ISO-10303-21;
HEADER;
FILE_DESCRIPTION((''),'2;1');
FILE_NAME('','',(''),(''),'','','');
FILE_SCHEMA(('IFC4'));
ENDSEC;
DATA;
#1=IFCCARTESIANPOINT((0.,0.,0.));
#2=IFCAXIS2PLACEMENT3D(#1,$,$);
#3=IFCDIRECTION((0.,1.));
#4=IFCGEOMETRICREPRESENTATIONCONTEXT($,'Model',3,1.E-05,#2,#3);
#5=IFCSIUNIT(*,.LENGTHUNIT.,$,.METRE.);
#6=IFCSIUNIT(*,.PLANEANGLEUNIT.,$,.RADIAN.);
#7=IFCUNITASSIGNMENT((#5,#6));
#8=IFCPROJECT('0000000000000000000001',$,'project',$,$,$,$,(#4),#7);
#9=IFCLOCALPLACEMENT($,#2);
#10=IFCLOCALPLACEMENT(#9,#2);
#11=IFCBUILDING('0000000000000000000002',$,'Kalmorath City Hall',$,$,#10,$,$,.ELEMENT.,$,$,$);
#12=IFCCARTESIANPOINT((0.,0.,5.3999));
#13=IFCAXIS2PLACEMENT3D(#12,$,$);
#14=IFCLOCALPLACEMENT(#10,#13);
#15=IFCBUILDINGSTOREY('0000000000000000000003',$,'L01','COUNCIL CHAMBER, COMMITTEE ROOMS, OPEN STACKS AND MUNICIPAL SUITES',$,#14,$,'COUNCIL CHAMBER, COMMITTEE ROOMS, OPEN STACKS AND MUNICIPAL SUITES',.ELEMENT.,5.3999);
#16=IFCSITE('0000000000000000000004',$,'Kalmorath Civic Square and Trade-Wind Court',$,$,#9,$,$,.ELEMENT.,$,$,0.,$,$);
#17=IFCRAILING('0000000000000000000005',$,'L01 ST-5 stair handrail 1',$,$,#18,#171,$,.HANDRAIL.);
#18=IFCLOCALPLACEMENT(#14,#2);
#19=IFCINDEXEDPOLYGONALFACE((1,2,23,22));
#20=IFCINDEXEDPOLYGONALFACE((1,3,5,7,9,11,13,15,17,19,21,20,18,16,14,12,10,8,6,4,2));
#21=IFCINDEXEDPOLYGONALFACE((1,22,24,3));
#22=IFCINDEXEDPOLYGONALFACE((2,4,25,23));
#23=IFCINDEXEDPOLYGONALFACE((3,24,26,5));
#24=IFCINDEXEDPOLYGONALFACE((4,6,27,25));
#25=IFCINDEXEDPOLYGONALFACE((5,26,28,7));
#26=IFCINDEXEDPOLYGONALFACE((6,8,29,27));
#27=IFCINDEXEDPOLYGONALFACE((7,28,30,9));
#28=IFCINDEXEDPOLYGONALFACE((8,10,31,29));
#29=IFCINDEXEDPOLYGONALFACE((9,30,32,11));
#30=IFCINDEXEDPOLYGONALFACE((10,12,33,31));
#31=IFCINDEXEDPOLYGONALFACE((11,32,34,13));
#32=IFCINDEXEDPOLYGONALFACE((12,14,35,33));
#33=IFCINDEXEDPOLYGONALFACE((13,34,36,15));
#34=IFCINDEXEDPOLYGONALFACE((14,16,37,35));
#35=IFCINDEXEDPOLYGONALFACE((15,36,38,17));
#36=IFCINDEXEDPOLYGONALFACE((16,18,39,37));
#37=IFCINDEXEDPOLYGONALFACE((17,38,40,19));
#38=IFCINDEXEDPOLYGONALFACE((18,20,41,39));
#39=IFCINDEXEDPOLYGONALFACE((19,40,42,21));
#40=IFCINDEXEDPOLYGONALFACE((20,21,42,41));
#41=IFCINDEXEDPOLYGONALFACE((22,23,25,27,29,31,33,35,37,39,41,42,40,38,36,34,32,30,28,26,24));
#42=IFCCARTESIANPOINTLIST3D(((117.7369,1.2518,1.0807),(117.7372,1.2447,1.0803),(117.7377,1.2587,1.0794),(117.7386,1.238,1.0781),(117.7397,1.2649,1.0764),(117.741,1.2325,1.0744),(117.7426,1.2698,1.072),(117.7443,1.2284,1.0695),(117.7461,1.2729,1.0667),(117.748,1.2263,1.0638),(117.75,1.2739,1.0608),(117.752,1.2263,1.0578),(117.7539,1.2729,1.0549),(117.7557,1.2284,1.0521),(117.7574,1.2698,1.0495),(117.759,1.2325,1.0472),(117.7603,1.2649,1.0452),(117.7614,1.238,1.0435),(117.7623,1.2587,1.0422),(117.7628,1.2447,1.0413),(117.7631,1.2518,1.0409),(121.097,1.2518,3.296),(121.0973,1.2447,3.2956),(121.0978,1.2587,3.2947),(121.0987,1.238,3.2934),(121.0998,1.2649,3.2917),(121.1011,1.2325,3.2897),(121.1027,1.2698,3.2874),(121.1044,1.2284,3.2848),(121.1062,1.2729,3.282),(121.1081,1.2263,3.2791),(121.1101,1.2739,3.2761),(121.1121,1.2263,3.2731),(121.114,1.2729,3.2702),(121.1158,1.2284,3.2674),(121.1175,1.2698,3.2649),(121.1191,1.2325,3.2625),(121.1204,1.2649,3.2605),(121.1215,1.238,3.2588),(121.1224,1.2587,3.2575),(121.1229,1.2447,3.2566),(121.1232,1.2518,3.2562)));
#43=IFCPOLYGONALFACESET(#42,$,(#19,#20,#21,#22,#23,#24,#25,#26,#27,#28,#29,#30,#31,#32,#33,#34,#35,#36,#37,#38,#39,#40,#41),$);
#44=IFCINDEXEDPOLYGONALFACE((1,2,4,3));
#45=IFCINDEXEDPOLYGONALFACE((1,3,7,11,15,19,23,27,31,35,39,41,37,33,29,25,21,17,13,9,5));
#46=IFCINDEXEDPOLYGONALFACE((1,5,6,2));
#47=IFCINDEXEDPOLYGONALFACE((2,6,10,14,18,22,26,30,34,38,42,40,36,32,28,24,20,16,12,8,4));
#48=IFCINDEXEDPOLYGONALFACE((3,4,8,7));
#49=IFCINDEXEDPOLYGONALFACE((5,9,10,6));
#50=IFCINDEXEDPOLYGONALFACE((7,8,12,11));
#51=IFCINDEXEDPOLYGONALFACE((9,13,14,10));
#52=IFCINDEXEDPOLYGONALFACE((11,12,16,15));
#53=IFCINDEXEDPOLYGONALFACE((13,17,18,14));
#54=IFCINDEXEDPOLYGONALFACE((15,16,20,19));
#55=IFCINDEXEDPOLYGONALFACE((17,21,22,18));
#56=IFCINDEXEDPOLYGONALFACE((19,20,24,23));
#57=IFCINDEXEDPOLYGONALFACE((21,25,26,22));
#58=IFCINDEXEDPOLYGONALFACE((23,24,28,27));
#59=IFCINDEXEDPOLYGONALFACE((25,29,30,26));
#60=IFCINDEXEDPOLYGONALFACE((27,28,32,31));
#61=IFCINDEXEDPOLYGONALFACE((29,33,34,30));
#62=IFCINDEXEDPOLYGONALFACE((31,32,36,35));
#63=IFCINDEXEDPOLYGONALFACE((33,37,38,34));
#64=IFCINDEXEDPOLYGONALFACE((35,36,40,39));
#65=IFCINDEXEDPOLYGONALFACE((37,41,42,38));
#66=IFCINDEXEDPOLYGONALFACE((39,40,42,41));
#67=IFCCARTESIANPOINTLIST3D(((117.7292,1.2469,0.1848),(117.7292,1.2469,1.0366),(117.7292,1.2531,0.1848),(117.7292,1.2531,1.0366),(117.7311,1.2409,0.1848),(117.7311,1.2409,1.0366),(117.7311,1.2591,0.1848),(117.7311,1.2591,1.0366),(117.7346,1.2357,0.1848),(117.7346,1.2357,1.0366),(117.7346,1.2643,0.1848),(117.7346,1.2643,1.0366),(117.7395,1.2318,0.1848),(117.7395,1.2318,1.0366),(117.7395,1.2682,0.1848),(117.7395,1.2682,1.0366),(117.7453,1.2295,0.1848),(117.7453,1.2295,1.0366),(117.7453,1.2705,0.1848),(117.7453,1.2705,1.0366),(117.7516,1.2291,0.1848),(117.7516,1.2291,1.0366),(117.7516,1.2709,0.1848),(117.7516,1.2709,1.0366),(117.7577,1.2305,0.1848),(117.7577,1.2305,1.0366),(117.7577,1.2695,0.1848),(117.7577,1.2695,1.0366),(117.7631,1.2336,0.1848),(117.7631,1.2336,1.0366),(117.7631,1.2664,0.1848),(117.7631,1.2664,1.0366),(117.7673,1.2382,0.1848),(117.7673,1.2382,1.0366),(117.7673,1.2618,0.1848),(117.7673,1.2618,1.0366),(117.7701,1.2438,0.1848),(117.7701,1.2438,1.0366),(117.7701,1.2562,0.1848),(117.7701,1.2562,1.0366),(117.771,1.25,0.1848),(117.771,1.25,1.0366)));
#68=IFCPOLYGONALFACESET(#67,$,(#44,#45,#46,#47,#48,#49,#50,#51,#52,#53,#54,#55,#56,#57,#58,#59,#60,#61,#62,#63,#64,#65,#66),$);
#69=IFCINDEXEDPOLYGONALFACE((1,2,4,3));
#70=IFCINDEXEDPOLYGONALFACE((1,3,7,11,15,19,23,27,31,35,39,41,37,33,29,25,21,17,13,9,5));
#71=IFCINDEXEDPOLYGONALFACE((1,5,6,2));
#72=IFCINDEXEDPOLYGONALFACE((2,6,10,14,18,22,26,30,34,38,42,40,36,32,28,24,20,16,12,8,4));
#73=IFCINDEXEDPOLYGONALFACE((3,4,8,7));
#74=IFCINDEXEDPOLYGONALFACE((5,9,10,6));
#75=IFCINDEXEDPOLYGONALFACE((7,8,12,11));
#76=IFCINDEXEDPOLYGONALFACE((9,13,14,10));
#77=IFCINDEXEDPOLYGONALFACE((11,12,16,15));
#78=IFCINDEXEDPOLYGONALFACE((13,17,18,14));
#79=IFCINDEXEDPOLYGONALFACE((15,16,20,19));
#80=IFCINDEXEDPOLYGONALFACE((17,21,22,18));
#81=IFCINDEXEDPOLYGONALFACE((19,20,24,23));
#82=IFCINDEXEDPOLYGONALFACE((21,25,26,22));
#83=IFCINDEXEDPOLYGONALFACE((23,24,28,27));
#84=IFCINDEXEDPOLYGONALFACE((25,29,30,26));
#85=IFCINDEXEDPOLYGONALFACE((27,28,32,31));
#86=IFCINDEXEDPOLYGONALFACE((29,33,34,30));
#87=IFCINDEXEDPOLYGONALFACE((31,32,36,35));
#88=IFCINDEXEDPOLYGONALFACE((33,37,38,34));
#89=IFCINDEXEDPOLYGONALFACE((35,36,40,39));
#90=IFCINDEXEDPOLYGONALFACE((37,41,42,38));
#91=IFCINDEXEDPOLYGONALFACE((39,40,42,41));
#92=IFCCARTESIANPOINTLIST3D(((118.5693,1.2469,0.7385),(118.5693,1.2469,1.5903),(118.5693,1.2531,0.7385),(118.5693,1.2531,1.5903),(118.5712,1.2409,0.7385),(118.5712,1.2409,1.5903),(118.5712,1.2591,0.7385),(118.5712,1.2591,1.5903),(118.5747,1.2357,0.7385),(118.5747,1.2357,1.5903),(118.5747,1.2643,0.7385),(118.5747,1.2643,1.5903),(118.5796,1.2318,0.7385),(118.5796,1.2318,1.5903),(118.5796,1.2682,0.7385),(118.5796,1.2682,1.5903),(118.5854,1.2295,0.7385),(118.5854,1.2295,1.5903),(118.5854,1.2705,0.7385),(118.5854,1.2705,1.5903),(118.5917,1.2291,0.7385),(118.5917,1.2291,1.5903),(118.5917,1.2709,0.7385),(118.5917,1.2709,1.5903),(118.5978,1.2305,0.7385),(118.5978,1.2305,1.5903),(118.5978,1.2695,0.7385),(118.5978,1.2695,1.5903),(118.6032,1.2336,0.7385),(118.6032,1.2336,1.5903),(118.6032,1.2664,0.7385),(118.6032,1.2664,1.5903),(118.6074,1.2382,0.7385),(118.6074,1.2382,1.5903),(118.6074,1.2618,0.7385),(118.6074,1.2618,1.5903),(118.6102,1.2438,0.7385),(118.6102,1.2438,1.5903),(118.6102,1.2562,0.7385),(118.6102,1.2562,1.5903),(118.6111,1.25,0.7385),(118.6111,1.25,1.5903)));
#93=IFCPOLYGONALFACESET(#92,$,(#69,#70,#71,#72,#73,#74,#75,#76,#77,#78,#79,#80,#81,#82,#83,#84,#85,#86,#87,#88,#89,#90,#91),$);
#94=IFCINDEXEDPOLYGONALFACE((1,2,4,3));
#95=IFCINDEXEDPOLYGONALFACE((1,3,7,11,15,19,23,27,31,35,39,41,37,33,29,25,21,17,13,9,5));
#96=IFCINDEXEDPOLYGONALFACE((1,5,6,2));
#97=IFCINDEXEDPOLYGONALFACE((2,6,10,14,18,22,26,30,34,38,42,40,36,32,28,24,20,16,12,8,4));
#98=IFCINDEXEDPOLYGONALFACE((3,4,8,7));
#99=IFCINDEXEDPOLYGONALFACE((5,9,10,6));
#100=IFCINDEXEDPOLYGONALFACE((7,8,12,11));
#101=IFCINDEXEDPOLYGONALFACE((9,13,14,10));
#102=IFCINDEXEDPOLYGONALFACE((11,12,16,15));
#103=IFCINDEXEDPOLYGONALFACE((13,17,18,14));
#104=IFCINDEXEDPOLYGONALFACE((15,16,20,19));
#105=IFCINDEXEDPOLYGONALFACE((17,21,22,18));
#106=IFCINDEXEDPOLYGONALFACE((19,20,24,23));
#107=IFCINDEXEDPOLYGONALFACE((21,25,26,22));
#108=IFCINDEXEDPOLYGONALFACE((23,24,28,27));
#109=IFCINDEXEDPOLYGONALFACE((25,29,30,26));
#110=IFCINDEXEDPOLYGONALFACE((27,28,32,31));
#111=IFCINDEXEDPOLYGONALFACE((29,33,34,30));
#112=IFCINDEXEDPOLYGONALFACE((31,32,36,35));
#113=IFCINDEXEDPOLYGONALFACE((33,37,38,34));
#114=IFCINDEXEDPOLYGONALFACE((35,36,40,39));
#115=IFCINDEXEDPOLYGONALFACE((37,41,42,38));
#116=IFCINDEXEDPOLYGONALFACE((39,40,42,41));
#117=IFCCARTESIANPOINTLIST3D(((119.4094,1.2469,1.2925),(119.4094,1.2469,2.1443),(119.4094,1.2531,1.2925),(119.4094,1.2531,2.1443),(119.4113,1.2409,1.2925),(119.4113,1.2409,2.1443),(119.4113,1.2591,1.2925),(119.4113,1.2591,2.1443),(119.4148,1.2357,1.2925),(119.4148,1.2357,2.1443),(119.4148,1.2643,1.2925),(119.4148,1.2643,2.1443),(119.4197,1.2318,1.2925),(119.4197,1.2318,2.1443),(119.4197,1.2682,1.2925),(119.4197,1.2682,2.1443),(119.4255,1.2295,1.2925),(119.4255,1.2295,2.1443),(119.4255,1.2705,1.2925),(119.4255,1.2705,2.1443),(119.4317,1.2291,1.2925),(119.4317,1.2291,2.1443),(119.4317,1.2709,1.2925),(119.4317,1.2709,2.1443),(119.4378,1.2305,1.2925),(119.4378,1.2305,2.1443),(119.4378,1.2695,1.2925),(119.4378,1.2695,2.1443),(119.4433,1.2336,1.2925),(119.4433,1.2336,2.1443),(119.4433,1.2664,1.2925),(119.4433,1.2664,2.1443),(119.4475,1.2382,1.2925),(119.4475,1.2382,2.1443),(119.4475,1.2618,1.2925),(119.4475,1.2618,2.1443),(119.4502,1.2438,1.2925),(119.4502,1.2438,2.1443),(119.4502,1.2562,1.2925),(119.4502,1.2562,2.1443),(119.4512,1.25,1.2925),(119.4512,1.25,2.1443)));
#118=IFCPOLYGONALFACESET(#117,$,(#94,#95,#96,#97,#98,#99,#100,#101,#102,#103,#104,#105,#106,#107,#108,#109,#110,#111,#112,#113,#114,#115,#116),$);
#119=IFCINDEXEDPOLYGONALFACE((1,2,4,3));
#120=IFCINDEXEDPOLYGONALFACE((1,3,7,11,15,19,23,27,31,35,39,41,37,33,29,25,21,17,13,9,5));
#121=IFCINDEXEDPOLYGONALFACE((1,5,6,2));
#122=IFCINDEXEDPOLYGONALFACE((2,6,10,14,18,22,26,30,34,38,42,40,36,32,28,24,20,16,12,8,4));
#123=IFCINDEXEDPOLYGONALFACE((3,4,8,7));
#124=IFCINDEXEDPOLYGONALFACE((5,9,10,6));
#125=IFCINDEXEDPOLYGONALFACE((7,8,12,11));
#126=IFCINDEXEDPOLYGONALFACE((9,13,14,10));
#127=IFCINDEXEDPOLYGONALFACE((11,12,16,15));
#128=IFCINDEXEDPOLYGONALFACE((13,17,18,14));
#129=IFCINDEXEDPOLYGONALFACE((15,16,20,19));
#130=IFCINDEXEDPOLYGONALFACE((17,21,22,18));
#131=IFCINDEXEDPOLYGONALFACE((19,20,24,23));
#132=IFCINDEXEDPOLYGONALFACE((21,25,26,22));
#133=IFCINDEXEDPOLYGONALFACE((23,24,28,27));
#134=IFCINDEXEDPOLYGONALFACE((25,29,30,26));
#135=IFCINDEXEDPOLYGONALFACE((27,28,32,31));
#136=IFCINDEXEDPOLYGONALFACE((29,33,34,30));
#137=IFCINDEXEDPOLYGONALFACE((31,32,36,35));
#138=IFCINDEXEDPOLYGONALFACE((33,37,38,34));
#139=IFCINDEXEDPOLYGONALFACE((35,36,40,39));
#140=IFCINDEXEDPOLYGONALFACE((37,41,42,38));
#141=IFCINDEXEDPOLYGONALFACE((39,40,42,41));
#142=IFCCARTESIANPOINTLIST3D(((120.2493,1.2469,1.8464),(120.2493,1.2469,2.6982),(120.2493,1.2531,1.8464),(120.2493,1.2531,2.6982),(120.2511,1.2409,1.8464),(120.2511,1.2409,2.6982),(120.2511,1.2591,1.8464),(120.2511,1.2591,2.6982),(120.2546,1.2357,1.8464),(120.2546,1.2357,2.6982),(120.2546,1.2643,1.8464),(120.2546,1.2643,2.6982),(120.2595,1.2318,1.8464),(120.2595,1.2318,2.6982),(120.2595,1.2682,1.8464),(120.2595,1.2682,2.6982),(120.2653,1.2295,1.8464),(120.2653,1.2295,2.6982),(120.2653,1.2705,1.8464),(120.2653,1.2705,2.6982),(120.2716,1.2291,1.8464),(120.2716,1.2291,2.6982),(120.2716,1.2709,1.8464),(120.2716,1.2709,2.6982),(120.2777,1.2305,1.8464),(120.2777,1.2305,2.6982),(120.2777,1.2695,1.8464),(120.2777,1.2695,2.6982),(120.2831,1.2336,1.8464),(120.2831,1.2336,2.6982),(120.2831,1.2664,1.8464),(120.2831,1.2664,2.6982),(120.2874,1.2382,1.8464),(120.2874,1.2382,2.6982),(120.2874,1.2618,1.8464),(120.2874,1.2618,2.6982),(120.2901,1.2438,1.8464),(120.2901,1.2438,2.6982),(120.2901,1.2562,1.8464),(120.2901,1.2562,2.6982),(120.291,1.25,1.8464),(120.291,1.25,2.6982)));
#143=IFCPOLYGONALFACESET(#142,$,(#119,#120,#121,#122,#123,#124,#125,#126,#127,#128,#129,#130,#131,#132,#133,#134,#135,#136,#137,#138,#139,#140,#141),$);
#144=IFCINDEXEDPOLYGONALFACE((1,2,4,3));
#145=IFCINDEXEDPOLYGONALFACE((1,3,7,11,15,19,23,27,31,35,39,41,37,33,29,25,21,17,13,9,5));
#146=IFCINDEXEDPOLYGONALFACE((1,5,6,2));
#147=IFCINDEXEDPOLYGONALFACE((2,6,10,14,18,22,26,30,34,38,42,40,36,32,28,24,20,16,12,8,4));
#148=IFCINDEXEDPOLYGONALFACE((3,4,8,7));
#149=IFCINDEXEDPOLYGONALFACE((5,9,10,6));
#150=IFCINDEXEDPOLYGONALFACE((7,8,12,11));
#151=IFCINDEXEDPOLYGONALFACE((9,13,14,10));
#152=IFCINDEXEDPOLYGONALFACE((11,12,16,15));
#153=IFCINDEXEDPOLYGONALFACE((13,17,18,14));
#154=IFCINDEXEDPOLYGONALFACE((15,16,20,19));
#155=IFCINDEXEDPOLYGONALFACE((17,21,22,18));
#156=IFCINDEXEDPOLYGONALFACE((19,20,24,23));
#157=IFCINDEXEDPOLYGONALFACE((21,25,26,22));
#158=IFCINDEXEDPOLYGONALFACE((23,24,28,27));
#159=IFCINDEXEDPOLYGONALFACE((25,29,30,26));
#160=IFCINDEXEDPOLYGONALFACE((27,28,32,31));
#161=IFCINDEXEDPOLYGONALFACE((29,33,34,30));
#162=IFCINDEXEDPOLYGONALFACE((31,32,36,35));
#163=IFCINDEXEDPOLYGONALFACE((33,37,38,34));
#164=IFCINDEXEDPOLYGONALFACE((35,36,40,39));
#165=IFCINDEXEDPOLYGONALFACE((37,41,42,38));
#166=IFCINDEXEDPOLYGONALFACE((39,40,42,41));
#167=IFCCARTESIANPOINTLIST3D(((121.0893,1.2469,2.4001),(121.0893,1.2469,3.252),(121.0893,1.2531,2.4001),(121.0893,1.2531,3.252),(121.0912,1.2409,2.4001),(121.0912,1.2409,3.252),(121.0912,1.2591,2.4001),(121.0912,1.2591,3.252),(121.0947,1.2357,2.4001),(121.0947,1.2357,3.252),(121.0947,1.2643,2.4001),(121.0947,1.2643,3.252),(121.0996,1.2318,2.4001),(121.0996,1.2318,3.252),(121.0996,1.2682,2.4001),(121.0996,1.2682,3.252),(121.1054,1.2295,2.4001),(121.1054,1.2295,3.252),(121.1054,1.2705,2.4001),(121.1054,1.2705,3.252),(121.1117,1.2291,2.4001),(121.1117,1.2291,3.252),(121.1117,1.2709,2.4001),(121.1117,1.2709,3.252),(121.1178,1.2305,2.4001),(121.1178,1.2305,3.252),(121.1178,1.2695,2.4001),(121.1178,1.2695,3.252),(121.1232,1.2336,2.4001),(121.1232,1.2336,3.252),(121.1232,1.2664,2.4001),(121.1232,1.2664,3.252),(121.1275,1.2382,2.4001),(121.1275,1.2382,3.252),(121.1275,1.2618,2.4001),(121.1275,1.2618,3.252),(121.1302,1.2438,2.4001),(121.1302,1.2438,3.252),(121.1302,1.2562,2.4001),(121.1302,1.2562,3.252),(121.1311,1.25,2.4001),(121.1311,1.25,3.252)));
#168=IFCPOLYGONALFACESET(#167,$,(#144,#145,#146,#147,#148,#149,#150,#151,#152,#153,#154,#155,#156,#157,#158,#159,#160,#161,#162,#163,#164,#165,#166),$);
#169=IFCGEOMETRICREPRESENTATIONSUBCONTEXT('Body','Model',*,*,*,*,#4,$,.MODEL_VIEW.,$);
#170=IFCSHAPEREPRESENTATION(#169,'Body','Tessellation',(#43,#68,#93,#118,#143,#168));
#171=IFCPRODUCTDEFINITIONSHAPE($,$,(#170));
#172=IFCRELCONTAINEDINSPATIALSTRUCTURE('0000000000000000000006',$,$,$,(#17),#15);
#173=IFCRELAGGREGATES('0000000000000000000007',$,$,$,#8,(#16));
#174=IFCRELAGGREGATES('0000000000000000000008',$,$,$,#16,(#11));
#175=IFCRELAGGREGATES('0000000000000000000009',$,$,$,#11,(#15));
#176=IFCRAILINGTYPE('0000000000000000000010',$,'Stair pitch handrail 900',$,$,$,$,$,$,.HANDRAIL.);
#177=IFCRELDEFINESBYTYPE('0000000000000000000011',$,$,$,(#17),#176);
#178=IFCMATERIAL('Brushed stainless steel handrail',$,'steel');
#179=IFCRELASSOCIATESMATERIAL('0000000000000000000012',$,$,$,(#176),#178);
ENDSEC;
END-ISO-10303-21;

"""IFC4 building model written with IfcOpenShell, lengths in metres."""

from ifc_helpers import new_model, si_unit, direction, frame, origin, origin_2d, place, context, subcontext, project, spatial, circle, extrude, material, type_object, element, save


model = new_model("IFC4")

# Units and contexts
model_context = context("Model", 3, precision=1e-05, world=origin(), true_north=direction((0.0, 1.0)))
body_context = subcontext(model_context, "Body", "Model", "MODEL_VIEW")
ifc_project = project(units=[si_unit("LENGTHUNIT", "METRE"), si_unit("PLANEANGLEUNIT", "RADIAN")], contexts=[model_context])

# Site, building, storey
site_placement = place(None, origin())
site = spatial("IfcSite", under=ifc_project, at=site_placement, Name="Kalmorath Civic Square and Trade-Wind Court", CompositionType="ELEMENT", RefElevation=0.0)
building_placement = place(site_placement, origin())
building = spatial("IfcBuilding", under=site, at=building_placement, Name="Kalmorath City Hall", CompositionType="ELEMENT")
storey_placement = place(building_placement, frame((0.0, 0.0, 5.3999)))
storey = spatial("IfcBuildingStorey", under=building, at=storey_placement, Name="L01", Description="COUNCIL CHAMBER, COMMITTEE ROOMS, OPEN STACKS AND MUNICIPAL SUITES", LongName="COUNCIL CHAMBER, COMMITTEE ROOMS, OPEN STACKS AND MUNICIPAL SUITES", CompositionType="ELEMENT", Elevation=5.3999)

# Railing
ifc_material_1 = material(Name="Brushed stainless steel handrail", Category="steel")
railing_type_1 = type_object("IfcRailingType", Name="Stair pitch handrail 900", PredefinedType="HANDRAIL", material=ifc_material_1)
railing_1_placement = place(storey_placement, frame((117.75, 1.25, 0.1848)))
element("IfcRailing", 1, at=railing_1_placement, inside=storey, type_object=railing_type_1, Name="L01 ST-5 stair handrail 1", PredefinedType="HANDRAIL", context=body_context, shape_type="SweptSolid", body=[
    extrude(circle(Radius=0.0239, at=origin_2d()), frame((0.0, 0.0, 0.876), z_axis=(0.834876, 0.0, 0.550437), x_axis=(0.0, 1.0, 0.0)), (0.0, 0.0, 1.0), 4.0247),
    extrude(circle(Radius=0.021, at=origin_2d()), origin(), (0.0, 0.0, 1.0), 0.8518),
    extrude(circle(Radius=0.021, at=origin_2d()), frame((0.8401, 0.0, 0.5537)), (0.0, 0.0, 1.0), 0.8518),
    extrude(circle(Radius=0.021, at=origin_2d()), frame((1.6802, 0.0, 1.1077)), (0.0, 0.0, 1.0), 0.8518),
    extrude(circle(Radius=0.021, at=origin_2d()), frame((2.52, 0.0, 1.6616)), (0.0, 0.0, 1.0), 0.8518),
    extrude(circle(Radius=0.021, at=origin_2d()), frame((3.3601, 0.0, 2.2153)), (0.0, 0.0, 1.0), 0.8518),
])

save(model, "model.ifc")
